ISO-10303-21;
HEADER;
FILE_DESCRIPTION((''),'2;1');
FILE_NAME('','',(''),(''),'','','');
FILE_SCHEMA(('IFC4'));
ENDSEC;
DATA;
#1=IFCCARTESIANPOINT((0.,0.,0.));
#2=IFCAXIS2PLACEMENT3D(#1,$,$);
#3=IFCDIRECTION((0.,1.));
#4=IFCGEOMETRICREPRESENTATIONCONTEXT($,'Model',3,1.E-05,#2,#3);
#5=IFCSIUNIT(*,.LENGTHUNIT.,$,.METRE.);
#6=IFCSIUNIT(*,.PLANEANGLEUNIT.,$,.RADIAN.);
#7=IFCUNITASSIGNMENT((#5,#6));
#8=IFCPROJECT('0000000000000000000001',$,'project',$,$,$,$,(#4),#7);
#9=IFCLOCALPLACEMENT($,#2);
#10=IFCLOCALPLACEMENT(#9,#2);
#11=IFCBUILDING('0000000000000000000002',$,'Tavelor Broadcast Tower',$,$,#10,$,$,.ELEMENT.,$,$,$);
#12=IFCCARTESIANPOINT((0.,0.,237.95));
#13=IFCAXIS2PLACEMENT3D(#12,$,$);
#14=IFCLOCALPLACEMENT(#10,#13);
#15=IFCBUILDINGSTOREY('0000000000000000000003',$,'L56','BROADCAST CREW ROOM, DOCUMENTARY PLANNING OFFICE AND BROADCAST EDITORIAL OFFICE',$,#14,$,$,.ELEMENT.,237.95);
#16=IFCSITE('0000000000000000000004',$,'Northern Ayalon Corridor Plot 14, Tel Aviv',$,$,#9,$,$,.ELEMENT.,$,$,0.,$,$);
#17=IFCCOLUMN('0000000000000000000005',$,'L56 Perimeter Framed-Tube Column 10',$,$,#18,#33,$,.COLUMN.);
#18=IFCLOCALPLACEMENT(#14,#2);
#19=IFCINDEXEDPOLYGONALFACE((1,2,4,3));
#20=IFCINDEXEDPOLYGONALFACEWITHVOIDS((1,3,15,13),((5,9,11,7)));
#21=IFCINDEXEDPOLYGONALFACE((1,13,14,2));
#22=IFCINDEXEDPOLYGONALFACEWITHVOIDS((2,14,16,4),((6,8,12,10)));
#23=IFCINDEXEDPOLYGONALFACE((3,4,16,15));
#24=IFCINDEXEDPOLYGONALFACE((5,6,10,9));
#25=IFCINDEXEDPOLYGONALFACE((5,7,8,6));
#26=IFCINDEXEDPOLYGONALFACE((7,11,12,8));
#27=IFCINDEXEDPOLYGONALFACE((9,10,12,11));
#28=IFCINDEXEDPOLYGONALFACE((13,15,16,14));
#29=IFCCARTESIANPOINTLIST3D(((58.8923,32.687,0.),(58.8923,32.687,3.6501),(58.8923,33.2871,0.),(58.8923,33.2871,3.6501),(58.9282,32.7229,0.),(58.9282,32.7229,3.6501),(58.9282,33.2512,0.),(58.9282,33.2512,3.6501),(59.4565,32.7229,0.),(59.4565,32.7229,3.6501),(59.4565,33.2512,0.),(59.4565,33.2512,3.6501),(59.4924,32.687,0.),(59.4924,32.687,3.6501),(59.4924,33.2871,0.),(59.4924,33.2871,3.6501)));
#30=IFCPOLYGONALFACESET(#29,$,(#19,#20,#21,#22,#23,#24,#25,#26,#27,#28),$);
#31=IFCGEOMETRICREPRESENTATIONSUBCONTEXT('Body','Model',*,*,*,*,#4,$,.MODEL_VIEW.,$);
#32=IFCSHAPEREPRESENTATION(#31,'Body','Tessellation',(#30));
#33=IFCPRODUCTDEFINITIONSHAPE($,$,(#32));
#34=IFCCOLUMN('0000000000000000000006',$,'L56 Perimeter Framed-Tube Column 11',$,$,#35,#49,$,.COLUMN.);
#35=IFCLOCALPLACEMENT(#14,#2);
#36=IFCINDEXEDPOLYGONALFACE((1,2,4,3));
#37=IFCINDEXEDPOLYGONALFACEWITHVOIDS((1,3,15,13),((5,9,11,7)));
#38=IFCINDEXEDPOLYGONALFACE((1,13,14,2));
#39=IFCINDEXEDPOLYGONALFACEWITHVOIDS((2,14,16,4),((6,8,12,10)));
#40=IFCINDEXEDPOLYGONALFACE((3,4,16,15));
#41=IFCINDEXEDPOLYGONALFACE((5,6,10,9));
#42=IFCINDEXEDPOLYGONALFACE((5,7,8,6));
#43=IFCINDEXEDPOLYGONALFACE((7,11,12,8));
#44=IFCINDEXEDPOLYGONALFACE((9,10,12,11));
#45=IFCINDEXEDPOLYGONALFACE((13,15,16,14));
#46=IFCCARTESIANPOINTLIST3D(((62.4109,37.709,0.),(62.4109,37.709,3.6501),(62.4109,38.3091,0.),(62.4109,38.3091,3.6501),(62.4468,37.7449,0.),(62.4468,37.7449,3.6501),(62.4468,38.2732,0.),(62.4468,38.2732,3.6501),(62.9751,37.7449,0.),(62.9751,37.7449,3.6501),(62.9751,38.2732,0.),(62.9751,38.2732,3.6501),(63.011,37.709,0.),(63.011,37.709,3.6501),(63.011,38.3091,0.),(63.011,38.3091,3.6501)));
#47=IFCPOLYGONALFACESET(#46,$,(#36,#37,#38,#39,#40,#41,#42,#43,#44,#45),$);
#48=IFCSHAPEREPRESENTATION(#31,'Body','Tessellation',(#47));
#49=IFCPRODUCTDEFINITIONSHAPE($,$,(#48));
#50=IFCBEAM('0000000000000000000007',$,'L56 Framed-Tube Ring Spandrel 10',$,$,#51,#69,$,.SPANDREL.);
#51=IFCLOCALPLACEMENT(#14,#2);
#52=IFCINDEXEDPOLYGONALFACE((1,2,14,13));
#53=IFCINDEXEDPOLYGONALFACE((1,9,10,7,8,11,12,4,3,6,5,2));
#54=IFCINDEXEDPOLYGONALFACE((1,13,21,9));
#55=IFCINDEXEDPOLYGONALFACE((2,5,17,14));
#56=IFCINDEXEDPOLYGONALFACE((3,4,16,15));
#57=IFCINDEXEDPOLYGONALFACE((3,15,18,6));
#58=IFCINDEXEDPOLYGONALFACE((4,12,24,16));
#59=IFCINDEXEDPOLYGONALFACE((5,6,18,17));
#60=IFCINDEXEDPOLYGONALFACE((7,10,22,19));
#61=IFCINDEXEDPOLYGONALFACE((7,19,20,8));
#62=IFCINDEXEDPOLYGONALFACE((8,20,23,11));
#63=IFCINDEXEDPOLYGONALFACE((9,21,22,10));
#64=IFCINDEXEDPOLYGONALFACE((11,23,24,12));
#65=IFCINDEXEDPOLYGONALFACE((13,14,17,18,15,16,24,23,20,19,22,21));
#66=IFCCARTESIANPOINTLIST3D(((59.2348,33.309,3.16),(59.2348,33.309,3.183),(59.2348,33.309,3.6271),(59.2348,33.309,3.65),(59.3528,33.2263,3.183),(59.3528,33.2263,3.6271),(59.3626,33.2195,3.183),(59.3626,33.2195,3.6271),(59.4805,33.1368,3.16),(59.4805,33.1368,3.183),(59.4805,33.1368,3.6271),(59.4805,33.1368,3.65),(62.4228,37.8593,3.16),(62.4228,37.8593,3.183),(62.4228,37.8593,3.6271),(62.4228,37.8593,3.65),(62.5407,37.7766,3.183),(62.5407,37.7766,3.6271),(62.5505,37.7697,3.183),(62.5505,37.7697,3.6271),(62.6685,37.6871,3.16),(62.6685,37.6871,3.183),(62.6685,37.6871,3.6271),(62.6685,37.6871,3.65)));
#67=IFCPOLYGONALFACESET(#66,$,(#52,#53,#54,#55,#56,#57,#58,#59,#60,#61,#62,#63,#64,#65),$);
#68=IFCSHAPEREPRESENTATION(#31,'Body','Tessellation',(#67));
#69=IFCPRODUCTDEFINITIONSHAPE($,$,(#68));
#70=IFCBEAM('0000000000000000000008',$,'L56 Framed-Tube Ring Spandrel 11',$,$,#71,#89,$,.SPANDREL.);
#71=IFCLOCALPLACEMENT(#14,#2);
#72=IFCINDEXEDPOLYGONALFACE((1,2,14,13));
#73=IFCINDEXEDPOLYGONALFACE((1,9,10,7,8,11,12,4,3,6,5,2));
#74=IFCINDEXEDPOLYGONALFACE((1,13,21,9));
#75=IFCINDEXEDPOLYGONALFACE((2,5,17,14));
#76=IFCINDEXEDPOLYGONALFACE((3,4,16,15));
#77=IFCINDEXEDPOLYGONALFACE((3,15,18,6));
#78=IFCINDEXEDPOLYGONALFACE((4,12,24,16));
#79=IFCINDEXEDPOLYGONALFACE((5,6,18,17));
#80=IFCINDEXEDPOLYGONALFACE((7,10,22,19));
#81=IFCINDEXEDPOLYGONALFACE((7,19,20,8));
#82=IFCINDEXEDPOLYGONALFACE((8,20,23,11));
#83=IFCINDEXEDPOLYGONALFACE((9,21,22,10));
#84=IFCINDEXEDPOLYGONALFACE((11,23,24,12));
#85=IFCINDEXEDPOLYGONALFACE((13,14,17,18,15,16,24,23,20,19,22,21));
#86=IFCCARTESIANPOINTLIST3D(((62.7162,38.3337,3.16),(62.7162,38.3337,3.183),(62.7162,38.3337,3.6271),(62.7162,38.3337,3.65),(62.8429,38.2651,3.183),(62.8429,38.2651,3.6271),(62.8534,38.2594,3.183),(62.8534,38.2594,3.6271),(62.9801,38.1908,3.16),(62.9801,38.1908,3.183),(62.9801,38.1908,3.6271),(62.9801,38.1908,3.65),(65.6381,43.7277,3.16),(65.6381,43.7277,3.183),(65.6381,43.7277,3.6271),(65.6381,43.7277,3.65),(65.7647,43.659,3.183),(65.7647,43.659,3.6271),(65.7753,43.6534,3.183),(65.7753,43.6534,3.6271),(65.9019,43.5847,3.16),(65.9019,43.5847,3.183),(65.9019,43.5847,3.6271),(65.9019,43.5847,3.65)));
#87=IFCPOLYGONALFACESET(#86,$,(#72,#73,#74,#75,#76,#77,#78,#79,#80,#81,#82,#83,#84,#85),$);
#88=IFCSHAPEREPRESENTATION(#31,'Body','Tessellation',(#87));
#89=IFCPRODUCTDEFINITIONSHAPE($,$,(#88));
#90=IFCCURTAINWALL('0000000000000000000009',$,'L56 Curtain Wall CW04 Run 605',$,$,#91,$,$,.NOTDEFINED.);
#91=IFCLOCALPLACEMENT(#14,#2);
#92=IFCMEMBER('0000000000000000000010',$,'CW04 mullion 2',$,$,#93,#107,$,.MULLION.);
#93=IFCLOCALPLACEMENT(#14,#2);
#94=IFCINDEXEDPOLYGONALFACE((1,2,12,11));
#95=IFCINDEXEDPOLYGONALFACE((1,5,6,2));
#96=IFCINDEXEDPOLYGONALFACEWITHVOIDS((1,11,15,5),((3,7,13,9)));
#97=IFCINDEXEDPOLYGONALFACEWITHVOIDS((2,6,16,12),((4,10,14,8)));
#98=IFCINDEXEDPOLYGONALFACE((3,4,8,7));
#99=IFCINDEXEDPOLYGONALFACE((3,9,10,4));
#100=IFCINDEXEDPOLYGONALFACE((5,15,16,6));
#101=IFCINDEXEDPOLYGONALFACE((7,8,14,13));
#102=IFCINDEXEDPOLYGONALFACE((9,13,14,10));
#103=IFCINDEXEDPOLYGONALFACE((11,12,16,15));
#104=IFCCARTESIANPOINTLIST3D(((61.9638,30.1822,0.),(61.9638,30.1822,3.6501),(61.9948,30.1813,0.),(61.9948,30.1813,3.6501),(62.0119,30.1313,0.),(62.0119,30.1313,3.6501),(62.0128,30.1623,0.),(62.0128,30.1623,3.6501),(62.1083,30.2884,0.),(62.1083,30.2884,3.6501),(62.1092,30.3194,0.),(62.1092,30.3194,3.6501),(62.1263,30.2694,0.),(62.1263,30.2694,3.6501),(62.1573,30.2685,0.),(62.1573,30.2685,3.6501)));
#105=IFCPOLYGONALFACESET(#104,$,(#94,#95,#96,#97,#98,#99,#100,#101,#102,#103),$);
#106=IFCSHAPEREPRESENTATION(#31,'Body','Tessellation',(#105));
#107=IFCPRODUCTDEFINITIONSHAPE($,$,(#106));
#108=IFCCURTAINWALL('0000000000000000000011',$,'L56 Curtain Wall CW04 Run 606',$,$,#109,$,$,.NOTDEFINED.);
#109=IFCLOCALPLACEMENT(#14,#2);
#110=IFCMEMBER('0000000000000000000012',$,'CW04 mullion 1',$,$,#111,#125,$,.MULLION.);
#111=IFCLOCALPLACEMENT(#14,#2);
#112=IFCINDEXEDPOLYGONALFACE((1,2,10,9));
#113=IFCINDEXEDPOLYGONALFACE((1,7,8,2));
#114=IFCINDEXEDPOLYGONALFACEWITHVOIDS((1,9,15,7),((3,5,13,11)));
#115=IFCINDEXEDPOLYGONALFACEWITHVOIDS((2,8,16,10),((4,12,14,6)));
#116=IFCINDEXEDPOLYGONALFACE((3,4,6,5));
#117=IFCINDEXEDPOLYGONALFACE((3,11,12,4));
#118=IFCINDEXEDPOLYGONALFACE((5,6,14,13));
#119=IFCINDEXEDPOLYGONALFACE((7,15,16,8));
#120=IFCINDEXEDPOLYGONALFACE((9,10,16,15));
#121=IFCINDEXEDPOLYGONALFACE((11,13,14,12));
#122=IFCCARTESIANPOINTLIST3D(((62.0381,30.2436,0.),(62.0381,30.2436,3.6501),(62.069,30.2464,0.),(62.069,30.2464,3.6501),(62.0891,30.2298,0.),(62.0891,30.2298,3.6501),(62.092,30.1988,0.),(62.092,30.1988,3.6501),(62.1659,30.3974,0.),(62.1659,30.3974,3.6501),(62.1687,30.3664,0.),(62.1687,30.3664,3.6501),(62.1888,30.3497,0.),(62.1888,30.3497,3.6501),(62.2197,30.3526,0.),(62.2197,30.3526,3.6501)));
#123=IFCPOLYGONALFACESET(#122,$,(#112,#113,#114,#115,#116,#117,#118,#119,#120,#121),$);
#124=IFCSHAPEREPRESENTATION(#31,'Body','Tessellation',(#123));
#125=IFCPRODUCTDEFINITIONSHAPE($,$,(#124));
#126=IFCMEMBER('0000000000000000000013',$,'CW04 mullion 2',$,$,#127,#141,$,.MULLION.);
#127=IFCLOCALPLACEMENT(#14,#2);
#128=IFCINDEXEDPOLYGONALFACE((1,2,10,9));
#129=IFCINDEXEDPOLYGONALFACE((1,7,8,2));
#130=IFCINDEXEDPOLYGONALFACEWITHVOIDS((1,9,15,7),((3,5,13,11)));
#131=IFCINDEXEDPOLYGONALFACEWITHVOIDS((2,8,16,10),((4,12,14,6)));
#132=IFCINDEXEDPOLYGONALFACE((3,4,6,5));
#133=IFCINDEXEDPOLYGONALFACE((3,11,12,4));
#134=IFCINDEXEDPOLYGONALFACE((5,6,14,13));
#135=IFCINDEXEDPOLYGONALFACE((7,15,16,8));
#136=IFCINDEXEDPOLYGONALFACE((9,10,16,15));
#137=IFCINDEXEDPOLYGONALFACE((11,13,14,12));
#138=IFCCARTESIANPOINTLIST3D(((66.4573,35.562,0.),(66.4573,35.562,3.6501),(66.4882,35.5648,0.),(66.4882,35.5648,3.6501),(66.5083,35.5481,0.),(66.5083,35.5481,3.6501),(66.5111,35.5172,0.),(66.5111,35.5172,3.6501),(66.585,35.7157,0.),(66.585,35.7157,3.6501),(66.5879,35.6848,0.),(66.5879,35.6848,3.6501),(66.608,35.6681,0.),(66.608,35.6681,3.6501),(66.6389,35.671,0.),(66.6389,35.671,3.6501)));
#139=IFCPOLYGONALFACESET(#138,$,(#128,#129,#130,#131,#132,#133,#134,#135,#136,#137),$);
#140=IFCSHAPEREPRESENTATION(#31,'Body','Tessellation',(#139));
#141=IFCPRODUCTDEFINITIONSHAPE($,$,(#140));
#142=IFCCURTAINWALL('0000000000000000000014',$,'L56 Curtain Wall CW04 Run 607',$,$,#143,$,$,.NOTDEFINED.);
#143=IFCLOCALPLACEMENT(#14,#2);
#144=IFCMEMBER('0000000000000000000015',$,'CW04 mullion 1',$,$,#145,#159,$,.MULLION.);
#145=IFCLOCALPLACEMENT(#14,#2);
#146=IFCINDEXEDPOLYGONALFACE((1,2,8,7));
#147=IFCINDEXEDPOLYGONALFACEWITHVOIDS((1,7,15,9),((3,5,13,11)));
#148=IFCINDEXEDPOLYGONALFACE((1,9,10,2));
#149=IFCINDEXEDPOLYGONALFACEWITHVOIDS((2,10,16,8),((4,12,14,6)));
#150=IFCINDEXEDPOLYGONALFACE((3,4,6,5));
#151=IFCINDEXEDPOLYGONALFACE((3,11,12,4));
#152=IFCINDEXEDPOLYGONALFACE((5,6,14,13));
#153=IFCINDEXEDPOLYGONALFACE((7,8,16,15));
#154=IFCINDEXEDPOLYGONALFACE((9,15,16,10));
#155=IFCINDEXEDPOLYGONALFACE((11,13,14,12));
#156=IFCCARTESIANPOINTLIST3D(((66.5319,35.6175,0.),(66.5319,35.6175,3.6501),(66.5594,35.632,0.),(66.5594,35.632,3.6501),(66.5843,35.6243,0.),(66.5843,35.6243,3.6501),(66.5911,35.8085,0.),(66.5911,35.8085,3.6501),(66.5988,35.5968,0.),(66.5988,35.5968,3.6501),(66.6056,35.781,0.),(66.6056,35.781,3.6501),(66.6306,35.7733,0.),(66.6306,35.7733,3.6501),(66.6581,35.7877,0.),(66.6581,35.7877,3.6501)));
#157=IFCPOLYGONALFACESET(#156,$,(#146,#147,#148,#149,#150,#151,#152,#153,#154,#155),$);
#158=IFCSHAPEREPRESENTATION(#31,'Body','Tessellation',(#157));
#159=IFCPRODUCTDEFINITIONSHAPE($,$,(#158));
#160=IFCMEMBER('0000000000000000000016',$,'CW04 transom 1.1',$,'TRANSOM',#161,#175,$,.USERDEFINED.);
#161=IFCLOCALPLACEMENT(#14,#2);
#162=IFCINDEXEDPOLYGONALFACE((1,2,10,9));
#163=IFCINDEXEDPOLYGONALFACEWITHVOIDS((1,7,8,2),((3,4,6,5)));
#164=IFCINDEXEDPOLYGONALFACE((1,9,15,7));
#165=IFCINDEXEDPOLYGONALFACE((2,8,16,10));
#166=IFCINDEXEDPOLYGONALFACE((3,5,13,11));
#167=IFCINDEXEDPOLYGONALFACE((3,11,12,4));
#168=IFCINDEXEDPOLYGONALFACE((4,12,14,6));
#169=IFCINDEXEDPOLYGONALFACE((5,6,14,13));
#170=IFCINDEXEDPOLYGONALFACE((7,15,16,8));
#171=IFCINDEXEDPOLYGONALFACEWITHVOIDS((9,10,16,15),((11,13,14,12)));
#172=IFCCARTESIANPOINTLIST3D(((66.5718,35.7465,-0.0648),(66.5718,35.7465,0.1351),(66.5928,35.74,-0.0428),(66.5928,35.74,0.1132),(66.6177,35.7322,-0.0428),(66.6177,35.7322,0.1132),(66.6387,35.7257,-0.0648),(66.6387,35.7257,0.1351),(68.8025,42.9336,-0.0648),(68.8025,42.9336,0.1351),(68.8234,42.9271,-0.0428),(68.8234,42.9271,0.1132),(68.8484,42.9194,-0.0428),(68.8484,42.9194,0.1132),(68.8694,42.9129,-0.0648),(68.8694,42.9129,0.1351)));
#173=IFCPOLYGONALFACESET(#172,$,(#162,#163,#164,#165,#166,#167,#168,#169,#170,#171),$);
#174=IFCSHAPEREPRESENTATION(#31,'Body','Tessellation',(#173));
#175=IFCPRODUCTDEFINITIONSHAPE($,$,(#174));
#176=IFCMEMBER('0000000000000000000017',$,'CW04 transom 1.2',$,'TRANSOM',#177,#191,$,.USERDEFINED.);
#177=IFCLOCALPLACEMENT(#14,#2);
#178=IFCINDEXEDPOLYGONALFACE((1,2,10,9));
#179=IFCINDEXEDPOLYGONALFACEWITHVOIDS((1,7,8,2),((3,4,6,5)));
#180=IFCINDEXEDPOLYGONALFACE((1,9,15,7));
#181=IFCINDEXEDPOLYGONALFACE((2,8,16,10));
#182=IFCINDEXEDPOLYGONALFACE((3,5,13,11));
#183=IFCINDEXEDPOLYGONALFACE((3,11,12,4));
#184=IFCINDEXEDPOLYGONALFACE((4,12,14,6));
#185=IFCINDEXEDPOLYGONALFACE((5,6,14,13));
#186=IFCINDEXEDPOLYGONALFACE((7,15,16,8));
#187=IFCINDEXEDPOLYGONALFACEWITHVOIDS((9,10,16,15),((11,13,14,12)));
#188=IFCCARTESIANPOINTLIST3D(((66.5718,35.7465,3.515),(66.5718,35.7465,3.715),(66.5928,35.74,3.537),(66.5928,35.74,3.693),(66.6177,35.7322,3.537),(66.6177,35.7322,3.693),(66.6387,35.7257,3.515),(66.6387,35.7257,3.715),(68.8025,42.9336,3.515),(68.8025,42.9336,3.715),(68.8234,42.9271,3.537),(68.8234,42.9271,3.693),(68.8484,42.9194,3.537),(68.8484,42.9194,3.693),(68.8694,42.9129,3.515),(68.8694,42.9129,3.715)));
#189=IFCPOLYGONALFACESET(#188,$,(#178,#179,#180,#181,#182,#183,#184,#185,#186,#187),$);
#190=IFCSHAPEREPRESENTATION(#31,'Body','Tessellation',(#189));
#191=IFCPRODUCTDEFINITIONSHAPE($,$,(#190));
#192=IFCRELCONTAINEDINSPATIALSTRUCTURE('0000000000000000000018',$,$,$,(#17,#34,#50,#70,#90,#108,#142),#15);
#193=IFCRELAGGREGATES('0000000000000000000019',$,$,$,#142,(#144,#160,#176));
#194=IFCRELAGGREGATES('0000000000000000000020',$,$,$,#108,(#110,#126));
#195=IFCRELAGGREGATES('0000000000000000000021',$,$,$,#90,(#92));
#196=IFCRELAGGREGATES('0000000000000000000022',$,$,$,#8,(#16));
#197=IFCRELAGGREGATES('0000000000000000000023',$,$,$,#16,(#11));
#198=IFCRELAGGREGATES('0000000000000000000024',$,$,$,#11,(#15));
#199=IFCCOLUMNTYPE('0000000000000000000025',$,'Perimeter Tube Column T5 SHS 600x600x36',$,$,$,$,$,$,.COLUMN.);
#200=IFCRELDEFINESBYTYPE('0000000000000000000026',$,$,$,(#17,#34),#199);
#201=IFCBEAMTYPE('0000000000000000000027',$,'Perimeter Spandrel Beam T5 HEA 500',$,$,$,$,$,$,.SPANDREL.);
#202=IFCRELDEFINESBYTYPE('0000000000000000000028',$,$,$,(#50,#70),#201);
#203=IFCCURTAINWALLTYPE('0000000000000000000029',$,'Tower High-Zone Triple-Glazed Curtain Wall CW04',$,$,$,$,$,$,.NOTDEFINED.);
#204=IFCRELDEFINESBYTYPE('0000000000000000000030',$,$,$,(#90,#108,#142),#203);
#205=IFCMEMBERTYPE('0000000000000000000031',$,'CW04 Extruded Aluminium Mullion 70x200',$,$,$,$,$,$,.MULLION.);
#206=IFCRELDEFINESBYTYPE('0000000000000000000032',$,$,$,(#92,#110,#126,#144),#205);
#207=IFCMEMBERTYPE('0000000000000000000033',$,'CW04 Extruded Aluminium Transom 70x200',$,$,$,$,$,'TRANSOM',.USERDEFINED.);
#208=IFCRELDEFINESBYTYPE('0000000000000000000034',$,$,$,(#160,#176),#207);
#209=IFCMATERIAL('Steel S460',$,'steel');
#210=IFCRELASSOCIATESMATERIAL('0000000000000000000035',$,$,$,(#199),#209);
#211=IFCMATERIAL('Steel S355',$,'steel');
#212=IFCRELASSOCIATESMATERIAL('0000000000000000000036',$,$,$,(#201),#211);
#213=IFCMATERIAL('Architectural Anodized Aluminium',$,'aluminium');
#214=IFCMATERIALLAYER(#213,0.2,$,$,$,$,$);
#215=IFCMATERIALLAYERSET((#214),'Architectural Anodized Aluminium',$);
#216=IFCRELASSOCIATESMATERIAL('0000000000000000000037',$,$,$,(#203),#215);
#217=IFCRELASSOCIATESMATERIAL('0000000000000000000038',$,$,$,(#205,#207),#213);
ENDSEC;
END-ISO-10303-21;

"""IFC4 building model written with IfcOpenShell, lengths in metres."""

from ifc_helpers import new_model, si_unit, direction, frame, origin, origin_2d, place, context, subcontext, project, spatial, hollow_rectangle, i_section, extrude, source, transform, mapped, material, layer, layer_set, material_profile, profile_set, type_object, type_shapes, element, aggregate, save


model = new_model("IFC4")

# Units and contexts
model_context = context("Model", 3, precision=1e-05, world=origin(), true_north=direction((0.0, 1.0)))
body_context = subcontext(model_context, "Body", "Model", "MODEL_VIEW")
ifc_project = project(units=[si_unit("LENGTHUNIT", "METRE"), si_unit("PLANEANGLEUNIT", "RADIAN")], contexts=[model_context])

# Site, building, storey
site_placement = place(None, origin())
site = spatial("IfcSite", under=ifc_project, at=site_placement, Name="Northern Ayalon Corridor Plot 14, Tel Aviv", CompositionType="ELEMENT", RefElevation=0.0)
building_placement = place(site_placement, origin())
building = spatial("IfcBuilding", under=site, at=building_placement, Name="Tavelor Broadcast Tower", CompositionType="ELEMENT")
storey_placement = place(building_placement, frame((0.0, 0.0, 237.95)))
storey = spatial("IfcBuildingStorey", under=building, at=storey_placement, Name="L56", Description="BROADCAST CREW ROOM, DOCUMENTARY PLANNING OFFICE AND BROADCAST EDITORIAL OFFICE", CompositionType="ELEMENT", Elevation=237.95)

# Columns
ifc_material_1 = material(Name="Steel S460", Category="steel")
ifc_material_profile_1 = material_profile(ifc_material_1, hollow_rectangle(XDim=0.6001, YDim=0.6001, WallThickness=0.0359, at=origin_2d()), Name="SHS 600x600x36")
ifc_profile_set_1 = profile_set([ifc_material_profile_1], Name="Steel S460")
column_type = type_object("IfcColumnType", Name="Perimeter Tube Column T5 SHS 600x600x36", PredefinedType="COLUMN", material=ifc_profile_set_1)
for number, where, z_axis, x_axis, name in (
    (1, (59.1924, 32.9871, 0.0), (0.0, 0.0, 1.0), (1.0, 0.0, 0.0), "L56 Perimeter Framed-Tube Column 10"),
    (2, (62.7109, 38.009, 0.0), (0.0, 0.0, 1.0), (1.0, 0.0, 0.0), "L56 Perimeter Framed-Tube Column 11"),
):
    element("IfcColumn", number, at=place(storey_placement, frame(where, z_axis=z_axis, x_axis=x_axis)), inside=storey, type_object=column_type, Name=name, PredefinedType="COLUMN", context=body_context, shape_type="SweptSolid", body=[
        extrude(hollow_rectangle(XDim=0.6001, YDim=0.6001, WallThickness=0.0359, at=origin_2d()), origin(), (0.0, 0.0, 1.0), 3.6501),
    ])

# Beams
ifc_material_2 = material(Name="Steel S355", Category="steel")
ifc_material_profile_2 = material_profile(ifc_material_2, i_section(OverallWidth=0.3, OverallDepth=0.49, WebThickness=0.012, FlangeThickness=0.0229, at=origin_2d()), Name="HEA 500")
ifc_profile_set_2 = profile_set([ifc_material_profile_2], Name="Steel S355")
beam_type = type_object("IfcBeamType", Name="Perimeter Spandrel Beam T5 HEA 500", PredefinedType="SPANDREL", material=ifc_profile_set_2)
beam_1_placement = place(storey_placement, frame((59.3577, 33.2229, 3.405), z_axis=(0.573798, 0.818997, 0.0), x_axis=(-0.818997, 0.573798, 0.0)))
element("IfcBeam", 3, at=beam_1_placement, inside=storey, type_object=beam_type, Name="L56 Framed-Tube Ring Spandrel 10", PredefinedType="SPANDREL", context=body_context, shape_type="SweptSolid", body=[
    extrude(i_section(OverallWidth=0.3, OverallDepth=0.49, WebThickness=0.012, FlangeThickness=0.0229, at=origin_2d()), origin(), (0.0, 0.0, 1.0), 5.5559),
])
beam_2_placement = place(storey_placement, frame((62.8481, 38.2622, 3.405), z_axis=(0.476296, 0.879285, 0.0), x_axis=(-0.879285, 0.476296, 0.0)))
element("IfcBeam", 4, at=beam_2_placement, inside=storey, type_object=beam_type, Name="L56 Framed-Tube Ring Spandrel 11", PredefinedType="SPANDREL", context=body_context, shape_type="SweptSolid", body=[
    extrude(i_section(OverallWidth=0.3, OverallDepth=0.49, WebThickness=0.012, FlangeThickness=0.0229, at=origin_2d()), origin(), (0.0, 0.0, 1.0), 6.1345),
])

# Curtain wall, member
ifc_material_3 = material(Name="Architectural Anodized Aluminium", Category="aluminium")
ifc_layer_1 = layer(ifc_material_3, 0.2)
ifc_layer_set_1 = layer_set([ifc_layer_1], Name="Architectural Anodized Aluminium")
curtain_wall_type = type_object("IfcCurtainWallType", Name="Tower High-Zone Triple-Glazed Curtain Wall CW04", PredefinedType="NOTDEFINED", material=ifc_layer_set_1)
curtain_wall_1_placement = place(storey_placement, origin())
curtain_wall_1 = element("IfcCurtainWall", 5, at=curtain_wall_1_placement, inside=storey, type_object=curtain_wall_type, Name="L56 Curtain Wall CW04 Run 605", PredefinedType="NOTDEFINED")
ifc_material_profile_3 = material_profile(ifc_material_3, hollow_rectangle(XDim=0.0701, YDim=0.2, WallThickness=0.022, at=origin_2d()), Name="RHS 70x200x22")
ifc_profile_set_3 = profile_set([ifc_material_profile_3], Name="Architectural Anodized Aluminium")
member_type_1 = type_object("IfcMemberType", Name="CW04 Extruded Aluminium Mullion 70x200", PredefinedType="MULLION", material=ifc_profile_set_3)
shared_shape_1 = source(origin(), body_context, "Body", "SweptSolid", [
    extrude(hollow_rectangle(XDim=0.0701, YDim=0.2, WallThickness=0.022, at=origin_2d()), origin(), (0.0, 0.0, 1.0), 3.6501),
])
type_shapes(member_type_1, [shared_shape_1])
member_1_placement = place(storey_placement, frame((62.0605, 30.2253, 0.0), z_axis=(0.0, 0.0, 1.0), x_axis=(-0.68614, 0.72747, 0.0)))
member_1 = element("IfcMember", 6, at=member_1_placement, type_object=member_type_1, Name="CW04 mullion 2", PredefinedType="MULLION", context=body_context, shape_type="MappedRepresentation", body=[
    mapped(shared_shape_1, transform((0.0, 0.0, 0.0), scale=1.0)),
])

# Curtain walls, members
curtain_wall_2_placement = place(storey_placement, origin())
curtain_wall_2 = element("IfcCurtainWall", 7, at=curtain_wall_2_placement, inside=storey, type_object=curtain_wall_type, Name="L56 Curtain Wall CW04 Run 606", PredefinedType="NOTDEFINED")
member_2_placement = place(storey_placement, frame((62.1289, 30.2981, 0.0), z_axis=(0.0, 0.0, 1.0), x_axis=(-0.769124, 0.639099, 0.0)))
member_2 = element("IfcMember", 8, at=member_2_placement, type_object=member_type_1, Name="CW04 mullion 1", PredefinedType="MULLION", context=body_context, shape_type="MappedRepresentation", body=[
    mapped(shared_shape_1, transform((0.0, 0.0, 0.0), scale=1.0)),
])
member_3_placement = place(storey_placement, frame((66.5481, 35.6165, 0.0), z_axis=(0.0, 0.0, 1.0), x_axis=(-0.769124, 0.639099, 0.0)))
member_3 = element("IfcMember", 9, at=member_3_placement, type_object=member_type_1, Name="CW04 mullion 2", PredefinedType="MULLION", context=body_context, shape_type="MappedRepresentation", body=[
    mapped(shared_shape_1, transform((0.0, 0.0, 0.0), scale=1.0)),
])
curtain_wall_3_placement = place(storey_placement, origin())
curtain_wall_3 = element("IfcCurtainWall", 10, at=curtain_wall_3_placement, inside=storey, type_object=curtain_wall_type, Name="L56 Curtain Wall CW04 Run 607", PredefinedType="NOTDEFINED")
member_4_placement = place(storey_placement, frame((66.595, 35.7026, 0.0), z_axis=(0.0, 0.0, 1.0), x_axis=(-0.955061, 0.296411, 0.0)))
member_4 = element("IfcMember", 11, at=member_4_placement, type_object=member_type_1, Name="CW04 mullion 1", PredefinedType="MULLION", context=body_context, shape_type="MappedRepresentation", body=[
    mapped(shared_shape_1, transform((0.0, 0.0, 0.0), scale=1.0)),
])
ifc_material_profile_4 = material_profile(ifc_material_3, hollow_rectangle(XDim=0.0701, YDim=0.2, WallThickness=0.022, at=origin_2d()), Name="RHS 70x200x22")
ifc_profile_set_4 = profile_set([ifc_material_profile_4], Name="Architectural Anodized Aluminium")
member_type_2 = type_object("IfcMemberType", Name="CW04 Extruded Aluminium Transom 70x200", ElementType="TRANSOM", PredefinedType="USERDEFINED", material=ifc_profile_set_4)
shared_shape_2 = source(origin(), body_context, "Body", "SweptSolid", [
    extrude(hollow_rectangle(XDim=0.0701, YDim=0.2, WallThickness=0.022, at=origin_2d()), origin(), (0.0, 0.0, 1.0), 7.5254),
])
member_5_placement = place(storey_placement, frame((66.6052, 35.7361, 0.0352), z_axis=(0.296422, 0.955057, 0.0), x_axis=(-0.955057, 0.296422, 0.0)))
member_5 = element("IfcMember", 12, at=member_5_placement, type_object=member_type_2, Name="CW04 transom 1.1", ObjectType="TRANSOM", PredefinedType="USERDEFINED", context=body_context, shape_type="MappedRepresentation", body=[
    mapped(shared_shape_2, transform((0.0, 0.0, 0.0), scale=1.0)),
])
member_6_placement = place(storey_placement, frame((66.6052, 35.7361, 3.615), z_axis=(0.296422, 0.955057, 0.0), x_axis=(-0.955057, 0.296422, 0.0)))
member_6 = element("IfcMember", 13, at=member_6_placement, type_object=member_type_2, Name="CW04 transom 1.2", ObjectType="TRANSOM", PredefinedType="USERDEFINED", context=body_context, shape_type="MappedRepresentation", body=[
    mapped(shared_shape_2, transform((0.0, 0.0, 0.0), scale=1.0)),
])
aggregate(curtain_wall_3, [member_4, member_5, member_6])

aggregate(curtain_wall_2, [member_2, member_3])
aggregate(curtain_wall_1, [member_1])

save(model, "model.ifc")
